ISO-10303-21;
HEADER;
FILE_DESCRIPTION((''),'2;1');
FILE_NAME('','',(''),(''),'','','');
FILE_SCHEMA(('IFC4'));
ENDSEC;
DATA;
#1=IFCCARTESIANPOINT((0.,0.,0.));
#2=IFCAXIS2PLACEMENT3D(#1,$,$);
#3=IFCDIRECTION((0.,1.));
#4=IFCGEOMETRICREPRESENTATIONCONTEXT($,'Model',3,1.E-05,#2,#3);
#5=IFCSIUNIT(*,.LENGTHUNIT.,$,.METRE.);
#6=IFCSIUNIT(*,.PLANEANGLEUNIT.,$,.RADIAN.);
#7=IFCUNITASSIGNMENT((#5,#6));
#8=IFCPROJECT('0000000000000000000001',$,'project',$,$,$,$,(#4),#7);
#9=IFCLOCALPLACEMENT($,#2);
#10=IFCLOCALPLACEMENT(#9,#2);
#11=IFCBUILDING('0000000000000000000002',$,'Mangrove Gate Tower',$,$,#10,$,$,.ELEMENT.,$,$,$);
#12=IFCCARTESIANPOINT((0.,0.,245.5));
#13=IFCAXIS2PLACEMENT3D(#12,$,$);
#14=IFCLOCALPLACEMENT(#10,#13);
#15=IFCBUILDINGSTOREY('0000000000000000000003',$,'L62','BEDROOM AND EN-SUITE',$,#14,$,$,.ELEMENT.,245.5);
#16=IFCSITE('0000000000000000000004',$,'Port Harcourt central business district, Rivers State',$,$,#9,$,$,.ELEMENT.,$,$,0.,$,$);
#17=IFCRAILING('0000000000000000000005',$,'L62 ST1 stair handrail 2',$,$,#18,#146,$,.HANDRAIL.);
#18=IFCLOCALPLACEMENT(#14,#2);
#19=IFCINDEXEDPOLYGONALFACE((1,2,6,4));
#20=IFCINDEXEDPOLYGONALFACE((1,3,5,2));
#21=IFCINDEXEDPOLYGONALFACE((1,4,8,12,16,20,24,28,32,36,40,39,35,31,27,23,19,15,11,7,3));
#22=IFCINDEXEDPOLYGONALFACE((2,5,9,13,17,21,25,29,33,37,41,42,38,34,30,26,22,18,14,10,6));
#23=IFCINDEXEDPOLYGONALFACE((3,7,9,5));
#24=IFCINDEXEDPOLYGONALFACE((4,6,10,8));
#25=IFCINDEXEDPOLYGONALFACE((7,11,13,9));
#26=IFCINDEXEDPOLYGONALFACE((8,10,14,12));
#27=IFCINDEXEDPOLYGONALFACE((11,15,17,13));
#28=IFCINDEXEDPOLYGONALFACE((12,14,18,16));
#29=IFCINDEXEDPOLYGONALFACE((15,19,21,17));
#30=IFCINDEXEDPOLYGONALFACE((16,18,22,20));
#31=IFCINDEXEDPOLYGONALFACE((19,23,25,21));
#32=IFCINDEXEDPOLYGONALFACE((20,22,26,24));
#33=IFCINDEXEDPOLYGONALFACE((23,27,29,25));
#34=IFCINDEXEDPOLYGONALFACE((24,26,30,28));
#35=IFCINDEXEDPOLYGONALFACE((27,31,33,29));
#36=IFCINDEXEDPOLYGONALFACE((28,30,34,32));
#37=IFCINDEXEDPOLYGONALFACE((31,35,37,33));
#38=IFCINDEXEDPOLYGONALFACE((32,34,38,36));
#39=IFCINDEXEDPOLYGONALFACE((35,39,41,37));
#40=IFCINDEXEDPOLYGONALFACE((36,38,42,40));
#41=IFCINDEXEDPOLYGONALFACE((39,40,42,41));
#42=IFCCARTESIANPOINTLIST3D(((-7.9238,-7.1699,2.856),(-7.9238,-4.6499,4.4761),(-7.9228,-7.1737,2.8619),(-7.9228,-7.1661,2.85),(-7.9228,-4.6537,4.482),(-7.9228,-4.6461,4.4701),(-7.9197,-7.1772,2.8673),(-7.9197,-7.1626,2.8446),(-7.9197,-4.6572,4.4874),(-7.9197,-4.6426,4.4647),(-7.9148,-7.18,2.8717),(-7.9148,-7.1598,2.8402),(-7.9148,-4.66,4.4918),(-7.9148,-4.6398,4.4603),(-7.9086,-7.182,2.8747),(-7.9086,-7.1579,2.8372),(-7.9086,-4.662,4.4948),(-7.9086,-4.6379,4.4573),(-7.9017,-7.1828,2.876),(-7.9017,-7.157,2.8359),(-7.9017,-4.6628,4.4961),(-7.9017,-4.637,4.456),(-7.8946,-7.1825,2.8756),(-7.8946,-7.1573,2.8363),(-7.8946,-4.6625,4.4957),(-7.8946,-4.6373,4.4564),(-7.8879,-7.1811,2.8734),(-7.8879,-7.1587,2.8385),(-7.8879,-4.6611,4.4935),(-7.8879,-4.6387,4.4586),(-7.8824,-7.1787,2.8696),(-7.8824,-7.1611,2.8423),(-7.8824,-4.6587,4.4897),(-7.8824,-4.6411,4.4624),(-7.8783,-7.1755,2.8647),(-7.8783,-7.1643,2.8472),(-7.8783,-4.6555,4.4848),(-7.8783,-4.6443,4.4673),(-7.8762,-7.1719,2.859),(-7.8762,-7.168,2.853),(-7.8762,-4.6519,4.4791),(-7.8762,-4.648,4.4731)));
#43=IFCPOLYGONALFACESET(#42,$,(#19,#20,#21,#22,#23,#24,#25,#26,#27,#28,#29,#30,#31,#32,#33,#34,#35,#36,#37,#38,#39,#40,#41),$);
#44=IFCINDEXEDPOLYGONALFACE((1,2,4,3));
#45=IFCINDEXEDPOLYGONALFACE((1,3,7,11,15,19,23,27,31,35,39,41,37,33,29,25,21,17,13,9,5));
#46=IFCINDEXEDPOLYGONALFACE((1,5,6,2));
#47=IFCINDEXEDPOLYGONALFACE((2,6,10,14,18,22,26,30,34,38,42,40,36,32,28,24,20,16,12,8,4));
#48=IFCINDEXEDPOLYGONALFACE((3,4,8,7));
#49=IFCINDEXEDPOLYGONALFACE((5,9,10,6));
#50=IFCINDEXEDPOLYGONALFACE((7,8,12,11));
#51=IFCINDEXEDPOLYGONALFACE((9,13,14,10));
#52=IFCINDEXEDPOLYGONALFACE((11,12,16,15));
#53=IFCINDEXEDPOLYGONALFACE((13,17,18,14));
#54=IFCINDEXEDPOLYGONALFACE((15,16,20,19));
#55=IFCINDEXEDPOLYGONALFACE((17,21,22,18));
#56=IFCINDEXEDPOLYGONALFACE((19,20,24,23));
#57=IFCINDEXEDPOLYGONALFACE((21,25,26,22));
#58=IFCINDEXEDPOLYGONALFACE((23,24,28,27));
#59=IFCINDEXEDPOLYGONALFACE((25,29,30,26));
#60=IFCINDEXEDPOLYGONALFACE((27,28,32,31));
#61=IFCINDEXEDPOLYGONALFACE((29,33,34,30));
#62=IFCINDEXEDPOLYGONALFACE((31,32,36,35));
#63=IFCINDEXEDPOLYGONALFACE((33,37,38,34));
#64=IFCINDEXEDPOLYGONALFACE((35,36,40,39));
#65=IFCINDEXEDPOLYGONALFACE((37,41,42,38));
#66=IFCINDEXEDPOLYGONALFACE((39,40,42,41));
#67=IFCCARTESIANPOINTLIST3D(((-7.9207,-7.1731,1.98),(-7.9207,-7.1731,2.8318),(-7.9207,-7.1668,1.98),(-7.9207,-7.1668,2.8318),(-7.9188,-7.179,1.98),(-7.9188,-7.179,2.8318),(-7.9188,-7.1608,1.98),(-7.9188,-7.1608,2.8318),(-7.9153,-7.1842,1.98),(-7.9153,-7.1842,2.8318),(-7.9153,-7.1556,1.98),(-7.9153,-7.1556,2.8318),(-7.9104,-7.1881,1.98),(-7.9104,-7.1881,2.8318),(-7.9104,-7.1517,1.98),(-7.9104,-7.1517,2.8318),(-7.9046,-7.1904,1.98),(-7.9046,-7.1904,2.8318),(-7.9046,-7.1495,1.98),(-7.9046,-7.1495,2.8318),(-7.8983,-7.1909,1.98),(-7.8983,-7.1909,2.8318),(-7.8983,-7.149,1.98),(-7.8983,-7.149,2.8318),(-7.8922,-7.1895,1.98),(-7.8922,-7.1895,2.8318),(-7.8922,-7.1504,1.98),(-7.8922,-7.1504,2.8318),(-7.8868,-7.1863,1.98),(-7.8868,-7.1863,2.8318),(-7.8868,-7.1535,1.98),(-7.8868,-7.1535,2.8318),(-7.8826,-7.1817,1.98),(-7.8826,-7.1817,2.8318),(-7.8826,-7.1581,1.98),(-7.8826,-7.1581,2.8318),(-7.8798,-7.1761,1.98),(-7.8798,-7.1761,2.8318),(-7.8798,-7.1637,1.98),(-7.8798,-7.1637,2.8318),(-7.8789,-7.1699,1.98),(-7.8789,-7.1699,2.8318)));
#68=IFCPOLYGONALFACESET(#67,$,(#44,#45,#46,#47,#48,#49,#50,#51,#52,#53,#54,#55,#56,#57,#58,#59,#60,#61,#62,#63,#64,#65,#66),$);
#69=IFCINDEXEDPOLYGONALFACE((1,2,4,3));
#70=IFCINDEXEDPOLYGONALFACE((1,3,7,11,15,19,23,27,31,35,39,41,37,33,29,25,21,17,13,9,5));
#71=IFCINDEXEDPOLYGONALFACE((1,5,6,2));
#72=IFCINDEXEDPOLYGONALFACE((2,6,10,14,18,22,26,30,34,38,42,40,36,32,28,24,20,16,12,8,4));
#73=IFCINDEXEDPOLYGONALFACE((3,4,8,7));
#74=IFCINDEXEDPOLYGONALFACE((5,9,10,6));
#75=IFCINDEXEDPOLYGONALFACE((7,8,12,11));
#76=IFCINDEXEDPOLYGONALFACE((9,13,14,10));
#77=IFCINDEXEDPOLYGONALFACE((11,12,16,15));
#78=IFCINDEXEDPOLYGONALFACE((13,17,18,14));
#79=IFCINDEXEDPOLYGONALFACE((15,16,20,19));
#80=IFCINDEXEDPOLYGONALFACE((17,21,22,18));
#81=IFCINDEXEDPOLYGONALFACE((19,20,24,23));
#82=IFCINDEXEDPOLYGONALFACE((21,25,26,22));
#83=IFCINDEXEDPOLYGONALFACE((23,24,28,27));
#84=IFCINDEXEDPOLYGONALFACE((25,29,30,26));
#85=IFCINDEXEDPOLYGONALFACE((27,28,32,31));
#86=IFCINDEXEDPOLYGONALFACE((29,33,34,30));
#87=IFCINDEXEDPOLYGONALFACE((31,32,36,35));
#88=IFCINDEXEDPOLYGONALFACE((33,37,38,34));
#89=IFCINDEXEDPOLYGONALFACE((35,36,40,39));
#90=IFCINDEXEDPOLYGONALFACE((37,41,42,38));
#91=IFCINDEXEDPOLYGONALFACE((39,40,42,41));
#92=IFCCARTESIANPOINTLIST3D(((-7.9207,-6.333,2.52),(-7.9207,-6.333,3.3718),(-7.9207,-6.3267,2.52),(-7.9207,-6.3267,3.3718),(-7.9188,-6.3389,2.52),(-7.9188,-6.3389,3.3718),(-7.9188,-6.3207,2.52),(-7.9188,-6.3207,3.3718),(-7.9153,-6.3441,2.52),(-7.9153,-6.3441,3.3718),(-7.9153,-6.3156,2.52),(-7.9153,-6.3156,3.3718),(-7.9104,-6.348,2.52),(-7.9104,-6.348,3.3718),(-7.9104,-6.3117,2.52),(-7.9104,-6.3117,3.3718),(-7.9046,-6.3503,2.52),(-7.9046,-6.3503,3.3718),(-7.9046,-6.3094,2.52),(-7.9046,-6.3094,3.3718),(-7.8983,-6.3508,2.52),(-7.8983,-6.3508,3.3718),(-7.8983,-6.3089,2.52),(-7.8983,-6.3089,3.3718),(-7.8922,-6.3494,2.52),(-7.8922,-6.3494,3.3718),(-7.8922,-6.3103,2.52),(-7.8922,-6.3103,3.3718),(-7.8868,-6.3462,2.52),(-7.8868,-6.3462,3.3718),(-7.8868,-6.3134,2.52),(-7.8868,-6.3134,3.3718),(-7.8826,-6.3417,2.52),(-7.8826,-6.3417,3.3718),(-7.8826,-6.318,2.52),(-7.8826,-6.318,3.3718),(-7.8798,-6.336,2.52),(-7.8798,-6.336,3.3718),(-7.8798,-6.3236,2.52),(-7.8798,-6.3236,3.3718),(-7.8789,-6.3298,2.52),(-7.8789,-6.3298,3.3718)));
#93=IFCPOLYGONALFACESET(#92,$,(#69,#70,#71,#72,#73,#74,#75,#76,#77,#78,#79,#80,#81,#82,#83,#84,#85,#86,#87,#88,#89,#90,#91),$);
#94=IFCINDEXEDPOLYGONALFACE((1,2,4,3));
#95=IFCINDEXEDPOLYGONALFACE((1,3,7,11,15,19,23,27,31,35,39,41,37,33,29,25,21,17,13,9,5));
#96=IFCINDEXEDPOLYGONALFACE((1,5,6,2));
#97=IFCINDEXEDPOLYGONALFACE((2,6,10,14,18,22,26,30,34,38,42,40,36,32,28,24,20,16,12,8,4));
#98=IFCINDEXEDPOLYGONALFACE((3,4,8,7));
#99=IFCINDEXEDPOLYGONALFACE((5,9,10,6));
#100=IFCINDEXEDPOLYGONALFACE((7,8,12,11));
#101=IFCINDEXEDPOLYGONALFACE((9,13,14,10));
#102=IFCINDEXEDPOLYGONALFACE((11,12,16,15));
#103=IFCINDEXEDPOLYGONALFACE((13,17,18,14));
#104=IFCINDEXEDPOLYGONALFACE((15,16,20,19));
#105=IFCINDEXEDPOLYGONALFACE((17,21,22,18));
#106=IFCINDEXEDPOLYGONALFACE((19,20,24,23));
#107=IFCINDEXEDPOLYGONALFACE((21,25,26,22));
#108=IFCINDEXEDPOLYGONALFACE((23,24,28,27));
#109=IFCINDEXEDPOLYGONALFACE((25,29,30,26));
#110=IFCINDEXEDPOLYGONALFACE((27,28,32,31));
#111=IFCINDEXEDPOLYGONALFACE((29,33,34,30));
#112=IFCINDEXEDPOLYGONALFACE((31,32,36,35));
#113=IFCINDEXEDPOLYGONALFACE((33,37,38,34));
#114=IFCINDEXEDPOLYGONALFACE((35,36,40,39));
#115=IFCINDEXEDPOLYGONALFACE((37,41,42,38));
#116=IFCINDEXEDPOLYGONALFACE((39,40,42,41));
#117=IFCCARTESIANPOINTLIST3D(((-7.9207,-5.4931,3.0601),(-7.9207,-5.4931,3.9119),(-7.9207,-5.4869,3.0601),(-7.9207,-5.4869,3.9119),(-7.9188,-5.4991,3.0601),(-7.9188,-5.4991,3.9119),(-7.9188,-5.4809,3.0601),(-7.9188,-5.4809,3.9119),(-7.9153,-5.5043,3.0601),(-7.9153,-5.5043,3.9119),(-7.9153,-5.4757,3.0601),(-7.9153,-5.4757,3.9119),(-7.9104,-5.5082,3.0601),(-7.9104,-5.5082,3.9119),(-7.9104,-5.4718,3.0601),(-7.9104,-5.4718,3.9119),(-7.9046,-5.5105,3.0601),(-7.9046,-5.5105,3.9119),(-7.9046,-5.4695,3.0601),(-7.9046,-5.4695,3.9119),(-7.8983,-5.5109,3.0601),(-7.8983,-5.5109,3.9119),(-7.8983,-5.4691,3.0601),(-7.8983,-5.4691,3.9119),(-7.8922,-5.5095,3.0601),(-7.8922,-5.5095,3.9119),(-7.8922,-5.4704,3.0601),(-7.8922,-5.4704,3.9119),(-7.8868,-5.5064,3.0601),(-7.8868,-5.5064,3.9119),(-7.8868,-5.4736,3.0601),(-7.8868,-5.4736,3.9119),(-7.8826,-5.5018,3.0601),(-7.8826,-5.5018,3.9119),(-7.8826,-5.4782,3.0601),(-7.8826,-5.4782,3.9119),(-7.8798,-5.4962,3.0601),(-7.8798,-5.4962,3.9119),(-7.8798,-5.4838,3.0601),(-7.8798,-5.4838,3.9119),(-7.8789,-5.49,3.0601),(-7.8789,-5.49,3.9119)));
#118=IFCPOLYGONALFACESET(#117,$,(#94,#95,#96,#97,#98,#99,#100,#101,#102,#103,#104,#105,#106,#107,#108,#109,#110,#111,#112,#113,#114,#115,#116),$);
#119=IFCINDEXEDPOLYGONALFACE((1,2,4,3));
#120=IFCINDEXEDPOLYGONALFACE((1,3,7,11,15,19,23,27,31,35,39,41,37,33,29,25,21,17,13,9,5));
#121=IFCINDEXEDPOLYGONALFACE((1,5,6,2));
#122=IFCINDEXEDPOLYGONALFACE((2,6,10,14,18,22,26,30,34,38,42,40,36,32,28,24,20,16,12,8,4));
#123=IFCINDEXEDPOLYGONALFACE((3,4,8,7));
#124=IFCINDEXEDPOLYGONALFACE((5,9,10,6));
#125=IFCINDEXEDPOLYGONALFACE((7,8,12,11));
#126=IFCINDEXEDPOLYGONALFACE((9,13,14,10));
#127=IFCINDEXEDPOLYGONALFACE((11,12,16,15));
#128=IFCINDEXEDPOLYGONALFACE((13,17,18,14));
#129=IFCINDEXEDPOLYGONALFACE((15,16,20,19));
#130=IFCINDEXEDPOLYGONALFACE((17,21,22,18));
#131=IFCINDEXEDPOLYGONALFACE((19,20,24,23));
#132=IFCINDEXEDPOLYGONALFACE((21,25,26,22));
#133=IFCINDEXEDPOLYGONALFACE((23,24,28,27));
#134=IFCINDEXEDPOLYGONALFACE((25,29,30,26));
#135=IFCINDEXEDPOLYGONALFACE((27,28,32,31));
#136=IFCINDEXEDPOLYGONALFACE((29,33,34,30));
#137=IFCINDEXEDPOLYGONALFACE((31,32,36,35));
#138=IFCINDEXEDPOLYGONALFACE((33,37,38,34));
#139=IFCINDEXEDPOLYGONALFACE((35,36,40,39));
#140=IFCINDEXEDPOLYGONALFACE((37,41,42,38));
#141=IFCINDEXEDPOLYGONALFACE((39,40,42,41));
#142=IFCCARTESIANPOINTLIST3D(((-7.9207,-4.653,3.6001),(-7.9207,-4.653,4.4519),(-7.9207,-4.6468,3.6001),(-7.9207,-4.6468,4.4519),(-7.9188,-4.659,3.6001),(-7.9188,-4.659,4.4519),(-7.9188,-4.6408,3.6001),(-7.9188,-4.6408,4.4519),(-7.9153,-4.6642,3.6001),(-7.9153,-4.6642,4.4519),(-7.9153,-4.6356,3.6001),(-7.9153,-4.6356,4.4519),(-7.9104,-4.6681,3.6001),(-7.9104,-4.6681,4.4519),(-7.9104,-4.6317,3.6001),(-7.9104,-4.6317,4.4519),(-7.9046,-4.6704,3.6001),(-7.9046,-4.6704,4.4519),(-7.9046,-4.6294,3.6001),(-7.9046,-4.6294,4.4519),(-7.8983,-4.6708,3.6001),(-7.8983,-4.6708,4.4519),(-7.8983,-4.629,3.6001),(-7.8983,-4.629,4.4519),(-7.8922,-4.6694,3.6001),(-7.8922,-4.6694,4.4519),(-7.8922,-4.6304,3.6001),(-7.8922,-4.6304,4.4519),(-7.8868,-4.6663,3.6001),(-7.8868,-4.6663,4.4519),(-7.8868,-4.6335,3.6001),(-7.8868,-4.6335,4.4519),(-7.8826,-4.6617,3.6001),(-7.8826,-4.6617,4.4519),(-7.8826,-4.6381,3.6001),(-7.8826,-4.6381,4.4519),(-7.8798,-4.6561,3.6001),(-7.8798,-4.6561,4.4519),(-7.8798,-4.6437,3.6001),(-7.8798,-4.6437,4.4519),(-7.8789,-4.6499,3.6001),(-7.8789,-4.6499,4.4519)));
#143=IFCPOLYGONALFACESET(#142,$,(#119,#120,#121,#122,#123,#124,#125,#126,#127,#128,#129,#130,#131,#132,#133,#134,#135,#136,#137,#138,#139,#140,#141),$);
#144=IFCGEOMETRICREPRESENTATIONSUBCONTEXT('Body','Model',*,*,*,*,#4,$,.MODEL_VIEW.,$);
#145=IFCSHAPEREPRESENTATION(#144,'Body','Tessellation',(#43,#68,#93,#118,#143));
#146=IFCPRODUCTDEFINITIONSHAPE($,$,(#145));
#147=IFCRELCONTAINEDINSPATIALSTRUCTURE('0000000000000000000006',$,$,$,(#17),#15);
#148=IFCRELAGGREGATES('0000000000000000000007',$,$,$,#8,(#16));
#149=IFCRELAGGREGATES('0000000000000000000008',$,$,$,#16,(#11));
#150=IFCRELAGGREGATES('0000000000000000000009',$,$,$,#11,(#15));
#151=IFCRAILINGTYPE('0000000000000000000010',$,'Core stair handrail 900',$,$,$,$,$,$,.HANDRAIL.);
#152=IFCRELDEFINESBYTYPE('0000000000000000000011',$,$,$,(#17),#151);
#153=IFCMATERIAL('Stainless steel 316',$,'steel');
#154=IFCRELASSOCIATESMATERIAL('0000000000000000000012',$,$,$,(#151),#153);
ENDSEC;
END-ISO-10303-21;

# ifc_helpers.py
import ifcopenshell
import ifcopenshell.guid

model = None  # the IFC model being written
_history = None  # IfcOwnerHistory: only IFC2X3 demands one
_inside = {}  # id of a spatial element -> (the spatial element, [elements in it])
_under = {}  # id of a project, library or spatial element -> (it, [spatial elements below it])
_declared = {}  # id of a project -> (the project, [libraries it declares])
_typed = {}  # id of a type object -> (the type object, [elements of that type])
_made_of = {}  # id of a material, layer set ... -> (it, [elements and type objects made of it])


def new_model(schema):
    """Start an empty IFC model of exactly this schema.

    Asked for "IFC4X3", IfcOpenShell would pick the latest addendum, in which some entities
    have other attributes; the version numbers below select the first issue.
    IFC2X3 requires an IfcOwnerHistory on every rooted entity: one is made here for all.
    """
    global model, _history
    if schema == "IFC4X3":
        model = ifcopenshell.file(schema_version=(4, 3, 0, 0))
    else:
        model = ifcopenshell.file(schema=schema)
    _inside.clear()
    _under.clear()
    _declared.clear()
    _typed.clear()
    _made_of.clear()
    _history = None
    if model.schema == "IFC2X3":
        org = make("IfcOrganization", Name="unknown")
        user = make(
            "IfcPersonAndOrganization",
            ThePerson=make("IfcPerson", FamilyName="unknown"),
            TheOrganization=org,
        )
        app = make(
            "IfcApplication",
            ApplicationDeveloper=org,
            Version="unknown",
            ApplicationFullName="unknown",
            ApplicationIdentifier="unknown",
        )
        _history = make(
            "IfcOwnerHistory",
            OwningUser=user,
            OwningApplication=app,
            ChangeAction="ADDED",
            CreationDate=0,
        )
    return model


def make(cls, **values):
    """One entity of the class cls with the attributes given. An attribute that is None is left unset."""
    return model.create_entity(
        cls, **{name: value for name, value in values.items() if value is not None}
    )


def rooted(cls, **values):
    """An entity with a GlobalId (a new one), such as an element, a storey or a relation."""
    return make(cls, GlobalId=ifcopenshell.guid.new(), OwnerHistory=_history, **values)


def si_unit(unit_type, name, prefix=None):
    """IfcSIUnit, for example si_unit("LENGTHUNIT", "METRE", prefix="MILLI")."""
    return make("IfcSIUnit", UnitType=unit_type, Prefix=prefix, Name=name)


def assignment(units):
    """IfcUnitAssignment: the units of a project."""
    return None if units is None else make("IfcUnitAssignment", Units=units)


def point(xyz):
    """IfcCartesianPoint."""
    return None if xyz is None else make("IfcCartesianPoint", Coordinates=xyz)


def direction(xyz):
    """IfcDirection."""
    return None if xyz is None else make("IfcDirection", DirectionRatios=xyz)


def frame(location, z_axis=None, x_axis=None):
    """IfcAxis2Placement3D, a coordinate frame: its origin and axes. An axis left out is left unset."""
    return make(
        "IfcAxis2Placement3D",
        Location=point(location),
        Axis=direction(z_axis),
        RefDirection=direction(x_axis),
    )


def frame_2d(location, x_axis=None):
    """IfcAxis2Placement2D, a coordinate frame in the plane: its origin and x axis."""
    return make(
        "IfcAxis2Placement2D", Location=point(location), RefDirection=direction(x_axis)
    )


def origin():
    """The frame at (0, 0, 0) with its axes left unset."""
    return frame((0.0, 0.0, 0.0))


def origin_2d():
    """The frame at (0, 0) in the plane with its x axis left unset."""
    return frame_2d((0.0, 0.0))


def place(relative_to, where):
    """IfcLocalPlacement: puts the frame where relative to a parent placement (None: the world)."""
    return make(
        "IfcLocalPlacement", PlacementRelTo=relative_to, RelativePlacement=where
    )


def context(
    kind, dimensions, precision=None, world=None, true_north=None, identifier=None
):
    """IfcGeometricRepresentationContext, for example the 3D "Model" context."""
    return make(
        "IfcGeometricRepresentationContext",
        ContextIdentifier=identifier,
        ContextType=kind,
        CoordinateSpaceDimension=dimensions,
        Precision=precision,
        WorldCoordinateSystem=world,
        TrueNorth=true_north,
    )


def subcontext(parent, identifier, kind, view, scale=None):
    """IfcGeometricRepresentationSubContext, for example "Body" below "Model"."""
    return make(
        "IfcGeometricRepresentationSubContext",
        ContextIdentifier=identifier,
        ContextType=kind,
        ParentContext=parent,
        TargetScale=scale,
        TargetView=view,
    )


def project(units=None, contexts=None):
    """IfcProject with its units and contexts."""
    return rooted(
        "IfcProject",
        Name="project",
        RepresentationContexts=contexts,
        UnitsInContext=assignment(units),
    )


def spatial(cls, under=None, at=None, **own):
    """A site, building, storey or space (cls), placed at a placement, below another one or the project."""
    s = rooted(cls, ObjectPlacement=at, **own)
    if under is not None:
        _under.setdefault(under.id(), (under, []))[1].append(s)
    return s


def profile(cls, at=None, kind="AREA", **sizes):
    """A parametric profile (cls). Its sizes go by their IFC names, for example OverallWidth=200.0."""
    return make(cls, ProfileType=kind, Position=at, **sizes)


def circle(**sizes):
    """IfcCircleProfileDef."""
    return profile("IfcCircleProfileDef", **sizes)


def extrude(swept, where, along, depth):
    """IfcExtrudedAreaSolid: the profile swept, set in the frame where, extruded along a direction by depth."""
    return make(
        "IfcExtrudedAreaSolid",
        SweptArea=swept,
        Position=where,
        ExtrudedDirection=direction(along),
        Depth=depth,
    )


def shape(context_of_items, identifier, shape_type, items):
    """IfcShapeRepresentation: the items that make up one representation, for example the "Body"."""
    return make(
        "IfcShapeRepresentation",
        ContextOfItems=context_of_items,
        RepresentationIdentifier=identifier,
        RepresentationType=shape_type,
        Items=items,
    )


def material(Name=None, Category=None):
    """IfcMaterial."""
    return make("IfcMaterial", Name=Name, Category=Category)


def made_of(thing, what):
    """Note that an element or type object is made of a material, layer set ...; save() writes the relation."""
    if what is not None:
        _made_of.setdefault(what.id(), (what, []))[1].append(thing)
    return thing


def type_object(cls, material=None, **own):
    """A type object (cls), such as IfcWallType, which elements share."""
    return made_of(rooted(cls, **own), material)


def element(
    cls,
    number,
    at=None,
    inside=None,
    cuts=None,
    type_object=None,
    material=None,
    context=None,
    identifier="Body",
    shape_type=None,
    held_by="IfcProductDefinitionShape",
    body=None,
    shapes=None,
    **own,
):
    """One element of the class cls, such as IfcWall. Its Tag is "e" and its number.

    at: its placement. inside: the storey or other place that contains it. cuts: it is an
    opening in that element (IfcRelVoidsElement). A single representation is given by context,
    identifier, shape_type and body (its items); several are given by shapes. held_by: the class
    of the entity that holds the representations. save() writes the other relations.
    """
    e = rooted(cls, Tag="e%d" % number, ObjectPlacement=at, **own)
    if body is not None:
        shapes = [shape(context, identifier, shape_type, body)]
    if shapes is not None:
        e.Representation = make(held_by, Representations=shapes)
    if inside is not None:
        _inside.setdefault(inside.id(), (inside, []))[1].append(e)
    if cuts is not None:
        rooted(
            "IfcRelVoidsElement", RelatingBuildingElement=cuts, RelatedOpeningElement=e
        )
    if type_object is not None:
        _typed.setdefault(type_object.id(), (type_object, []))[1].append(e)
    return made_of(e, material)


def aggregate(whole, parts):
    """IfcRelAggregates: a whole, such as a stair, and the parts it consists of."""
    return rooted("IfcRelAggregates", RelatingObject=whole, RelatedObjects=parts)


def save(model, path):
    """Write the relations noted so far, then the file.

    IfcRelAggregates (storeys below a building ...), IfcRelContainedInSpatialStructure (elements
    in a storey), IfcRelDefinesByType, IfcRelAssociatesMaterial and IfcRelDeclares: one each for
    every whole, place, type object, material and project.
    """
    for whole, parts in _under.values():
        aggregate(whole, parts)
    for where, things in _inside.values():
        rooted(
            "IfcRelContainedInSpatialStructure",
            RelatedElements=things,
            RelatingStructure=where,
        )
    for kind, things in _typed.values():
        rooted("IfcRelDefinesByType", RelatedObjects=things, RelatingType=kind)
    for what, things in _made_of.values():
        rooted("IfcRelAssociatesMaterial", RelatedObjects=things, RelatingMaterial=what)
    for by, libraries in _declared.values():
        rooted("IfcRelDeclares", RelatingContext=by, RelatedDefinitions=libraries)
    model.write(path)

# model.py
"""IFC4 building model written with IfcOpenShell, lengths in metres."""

from ifc_helpers import new_model, si_unit, direction, frame, origin, origin_2d, place, context, subcontext, project, spatial, circle, extrude, material, type_object, element, save


model = new_model("IFC4")

# Units and contexts
model_context = context("Model", 3, precision=1e-05, world=origin(), true_north=direction((0.0, 1.0)))
body_context = subcontext(model_context, "Body", "Model", "MODEL_VIEW")
ifc_project = project(units=[si_unit("LENGTHUNIT", "METRE"), si_unit("PLANEANGLEUNIT", "RADIAN")], contexts=[model_context])

# Site, building, storey
site_placement = place(None, origin())
site = spatial("IfcSite", under=ifc_project, at=site_placement, Name="Port Harcourt central business district, Rivers State", CompositionType="ELEMENT", RefElevation=0.0)
building_placement = place(site_placement, origin())
building = spatial("IfcBuilding", under=site, at=building_placement, Name="Mangrove Gate Tower", CompositionType="ELEMENT")
storey_placement = place(building_placement, frame((0.0, 0.0, 245.5)))
storey = spatial("IfcBuildingStorey", under=building, at=storey_placement, Name="L62", Description="BEDROOM AND EN-SUITE", CompositionType="ELEMENT", Elevation=245.5)

# Railing
ifc_material_1 = material(Name="Stainless steel 316", Category="steel")
railing_type_1 = type_object("IfcRailingType", Name="Core stair handrail 900", PredefinedType="HANDRAIL", material=ifc_material_1)
railing_1_placement = place(storey_placement, frame((-7.8999, -7.1699, 1.98)))
element("IfcRailing", 1, at=railing_1_placement, inside=storey, type_object=railing_type_1, Name="L62 ST1 stair handrail 2", PredefinedType="HANDRAIL", context=body_context, shape_type="SweptSolid", body=[
    extrude(circle(Radius=0.0239, at=origin_2d()), frame((0.0, 0.0, 0.876), z_axis=(0.0, 0.841163, 0.540782), x_axis=(-1.0, 0.0, 0.0)), (0.0, 0.0, 1.0), 2.9958),
    extrude(circle(Radius=0.021, at=origin_2d()), origin(), (0.0, 0.0, 1.0), 0.8518),
    extrude(circle(Radius=0.021, at=origin_2d()), frame((0.0, 0.8401, 0.54)), (0.0, 0.0, 1.0), 0.8518),
    extrude(circle(Radius=0.021, at=origin_2d()), frame((0.0, 1.6799, 1.0801)), (0.0, 0.0, 1.0), 0.8518),
    extrude(circle(Radius=0.021, at=origin_2d()), frame((0.0, 2.52, 1.6201)), (0.0, 0.0, 1.0), 0.8518),
])

save(model, "model.ifc")
